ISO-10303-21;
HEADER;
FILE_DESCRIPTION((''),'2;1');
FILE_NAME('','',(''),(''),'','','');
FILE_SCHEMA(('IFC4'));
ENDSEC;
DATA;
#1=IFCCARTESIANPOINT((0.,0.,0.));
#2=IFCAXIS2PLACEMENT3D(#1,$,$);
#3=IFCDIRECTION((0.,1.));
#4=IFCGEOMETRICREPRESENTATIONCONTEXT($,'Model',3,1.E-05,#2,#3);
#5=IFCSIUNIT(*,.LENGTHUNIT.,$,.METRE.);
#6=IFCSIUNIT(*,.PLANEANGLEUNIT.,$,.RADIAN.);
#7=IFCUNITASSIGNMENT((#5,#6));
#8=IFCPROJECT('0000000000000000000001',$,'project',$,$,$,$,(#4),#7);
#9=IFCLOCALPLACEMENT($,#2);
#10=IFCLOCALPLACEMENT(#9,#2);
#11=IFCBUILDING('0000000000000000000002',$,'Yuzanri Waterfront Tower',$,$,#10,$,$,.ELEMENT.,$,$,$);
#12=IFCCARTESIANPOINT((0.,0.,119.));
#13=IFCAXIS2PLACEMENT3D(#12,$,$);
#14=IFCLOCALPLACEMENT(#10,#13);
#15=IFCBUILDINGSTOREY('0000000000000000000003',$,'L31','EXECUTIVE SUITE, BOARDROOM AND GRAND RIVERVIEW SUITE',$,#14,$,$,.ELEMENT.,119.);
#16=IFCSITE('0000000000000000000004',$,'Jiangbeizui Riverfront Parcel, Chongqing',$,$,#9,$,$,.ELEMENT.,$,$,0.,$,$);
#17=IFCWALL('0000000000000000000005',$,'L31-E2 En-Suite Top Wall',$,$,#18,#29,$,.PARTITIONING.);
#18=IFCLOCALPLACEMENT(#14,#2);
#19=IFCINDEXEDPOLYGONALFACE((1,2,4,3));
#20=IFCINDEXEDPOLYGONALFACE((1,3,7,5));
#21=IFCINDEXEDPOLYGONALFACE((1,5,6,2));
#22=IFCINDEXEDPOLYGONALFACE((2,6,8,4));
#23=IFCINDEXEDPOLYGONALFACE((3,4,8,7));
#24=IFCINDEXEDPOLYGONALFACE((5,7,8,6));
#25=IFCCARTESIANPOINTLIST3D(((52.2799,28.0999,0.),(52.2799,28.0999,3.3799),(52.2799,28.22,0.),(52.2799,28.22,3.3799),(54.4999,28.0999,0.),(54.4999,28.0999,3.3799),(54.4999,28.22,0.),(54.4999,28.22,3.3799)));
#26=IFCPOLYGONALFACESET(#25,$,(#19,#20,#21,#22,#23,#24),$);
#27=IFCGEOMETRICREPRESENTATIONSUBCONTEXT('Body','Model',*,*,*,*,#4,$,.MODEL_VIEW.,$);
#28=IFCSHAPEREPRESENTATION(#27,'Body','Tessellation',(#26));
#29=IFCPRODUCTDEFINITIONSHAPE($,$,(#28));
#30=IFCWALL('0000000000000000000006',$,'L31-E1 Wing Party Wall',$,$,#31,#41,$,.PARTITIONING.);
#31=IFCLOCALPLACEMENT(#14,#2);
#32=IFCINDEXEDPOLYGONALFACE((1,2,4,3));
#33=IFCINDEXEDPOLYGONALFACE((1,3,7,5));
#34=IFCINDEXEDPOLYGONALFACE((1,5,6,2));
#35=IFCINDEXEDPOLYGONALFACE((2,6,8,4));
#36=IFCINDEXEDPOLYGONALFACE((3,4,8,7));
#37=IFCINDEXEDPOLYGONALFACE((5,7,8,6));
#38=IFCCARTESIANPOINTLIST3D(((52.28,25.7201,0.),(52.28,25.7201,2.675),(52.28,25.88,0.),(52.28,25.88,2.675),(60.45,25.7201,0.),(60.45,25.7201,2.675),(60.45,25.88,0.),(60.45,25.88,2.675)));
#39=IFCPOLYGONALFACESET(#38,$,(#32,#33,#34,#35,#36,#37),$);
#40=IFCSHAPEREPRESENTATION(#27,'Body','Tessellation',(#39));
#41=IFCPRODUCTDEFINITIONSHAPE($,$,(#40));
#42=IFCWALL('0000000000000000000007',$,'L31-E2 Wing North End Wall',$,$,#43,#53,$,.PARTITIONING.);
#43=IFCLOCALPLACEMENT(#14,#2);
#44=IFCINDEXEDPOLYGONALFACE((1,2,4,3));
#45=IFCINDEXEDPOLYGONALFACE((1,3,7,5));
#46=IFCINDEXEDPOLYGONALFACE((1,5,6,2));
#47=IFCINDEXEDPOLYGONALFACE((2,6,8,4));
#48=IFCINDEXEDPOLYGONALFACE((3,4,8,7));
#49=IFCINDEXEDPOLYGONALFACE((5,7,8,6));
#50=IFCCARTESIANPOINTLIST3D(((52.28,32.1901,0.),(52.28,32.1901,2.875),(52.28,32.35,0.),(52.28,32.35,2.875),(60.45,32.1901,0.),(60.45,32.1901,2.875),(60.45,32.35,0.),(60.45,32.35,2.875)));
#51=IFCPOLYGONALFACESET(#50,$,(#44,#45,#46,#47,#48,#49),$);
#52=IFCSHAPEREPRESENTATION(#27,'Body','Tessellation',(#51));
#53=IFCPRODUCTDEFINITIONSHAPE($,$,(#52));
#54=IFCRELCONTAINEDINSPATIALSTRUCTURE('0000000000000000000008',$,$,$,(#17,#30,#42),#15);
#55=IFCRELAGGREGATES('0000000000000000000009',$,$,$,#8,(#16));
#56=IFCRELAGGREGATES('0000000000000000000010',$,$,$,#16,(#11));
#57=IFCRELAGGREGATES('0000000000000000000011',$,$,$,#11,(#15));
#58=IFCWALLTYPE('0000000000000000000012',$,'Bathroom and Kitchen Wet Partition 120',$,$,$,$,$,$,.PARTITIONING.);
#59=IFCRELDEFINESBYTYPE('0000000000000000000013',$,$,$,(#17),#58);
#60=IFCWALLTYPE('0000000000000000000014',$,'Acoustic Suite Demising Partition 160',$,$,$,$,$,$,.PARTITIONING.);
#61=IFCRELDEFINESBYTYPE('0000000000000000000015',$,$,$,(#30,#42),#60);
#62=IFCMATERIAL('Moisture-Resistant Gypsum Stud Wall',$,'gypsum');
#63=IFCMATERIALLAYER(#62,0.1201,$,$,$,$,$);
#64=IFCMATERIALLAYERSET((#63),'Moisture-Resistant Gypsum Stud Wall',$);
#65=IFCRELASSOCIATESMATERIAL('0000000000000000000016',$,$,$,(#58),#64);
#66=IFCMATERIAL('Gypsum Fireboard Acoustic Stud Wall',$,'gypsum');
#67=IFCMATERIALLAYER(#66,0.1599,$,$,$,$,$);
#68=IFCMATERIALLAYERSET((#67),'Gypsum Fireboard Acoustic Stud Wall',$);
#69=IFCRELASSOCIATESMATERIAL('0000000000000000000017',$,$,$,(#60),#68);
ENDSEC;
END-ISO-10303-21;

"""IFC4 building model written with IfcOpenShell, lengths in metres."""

from ifc_helpers import new_model, si_unit, direction, frame, frame_2d, origin, place, context, subcontext, project, spatial, rectangle, extrude, source, transform, mapped, material, layer, layer_set, type_object, element, save


model = new_model("IFC4")

# Units and contexts
model_context = context("Model", 3, precision=1e-05, world=origin(), true_north=direction((0.0, 1.0)))
body_context = subcontext(model_context, "Body", "Model", "MODEL_VIEW")
ifc_project = project(units=[si_unit("LENGTHUNIT", "METRE"), si_unit("PLANEANGLEUNIT", "RADIAN")], contexts=[model_context])

# Site, building, storey
site_placement = place(None, origin())
site = spatial("IfcSite", under=ifc_project, at=site_placement, Name="Jiangbeizui Riverfront Parcel, Chongqing", CompositionType="ELEMENT", RefElevation=0.0)
building_placement = place(site_placement, origin())
building = spatial("IfcBuilding", under=site, at=building_placement, Name="Yuzanri Waterfront Tower", CompositionType="ELEMENT")
storey_placement = place(building_placement, frame((0.0, 0.0, 119.0)))
storey = spatial("IfcBuildingStorey", under=building, at=storey_placement, Name="L31", Description="EXECUTIVE SUITE, BOARDROOM AND GRAND RIVERVIEW SUITE", CompositionType="ELEMENT", Elevation=119.0)

# Shared definitions
ifc_material_1 = material(Name="Moisture-Resistant Gypsum Stud Wall", Category="gypsum")
ifc_layer_1 = layer(ifc_material_1, 0.1201)
ifc_layer_set_1 = layer_set([ifc_layer_1], Name="Moisture-Resistant Gypsum Stud Wall")
wall_type_1 = type_object("IfcWallType", Name="Bathroom and Kitchen Wet Partition 120", PredefinedType="PARTITIONING", material=ifc_layer_set_1)

# Walls
shared_shape_1 = source(origin(), body_context, "Body", "SweptSolid", [
    extrude(rectangle(XDim=2.22, YDim=0.1201, at=frame_2d((1.1099, 0.0))), origin(), (0.0, 0.0, 1.0), 3.3799),
])
wall_1_placement = place(storey_placement, frame((52.28, 28.1599, 0.0), z_axis=(0.0, 0.0, 1.0), x_axis=(1.0, 0.0, 0.0)))
element("IfcWall", 1, at=wall_1_placement, inside=storey, type_object=wall_type_1, Name="L31-E2 En-Suite Top Wall", PredefinedType="PARTITIONING", context=body_context, shape_type="MappedRepresentation", body=[
    mapped(shared_shape_1, transform((0.0, 0.0, 0.0), scale=1.0)),
])
ifc_material_2 = material(Name="Gypsum Fireboard Acoustic Stud Wall", Category="gypsum")
ifc_layer_2 = layer(ifc_material_2, 0.1599)
ifc_layer_set_2 = layer_set([ifc_layer_2], Name="Gypsum Fireboard Acoustic Stud Wall")
wall_type_2 = type_object("IfcWallType", Name="Acoustic Suite Demising Partition 160", PredefinedType="PARTITIONING", material=ifc_layer_set_2)
shared_shape_2 = source(origin(), body_context, "Body", "SweptSolid", [
    extrude(rectangle(XDim=8.1699, YDim=0.1599, at=frame_2d((4.085, 0.0))), origin(), (0.0, 0.0, 1.0), 2.675),
])
wall_2_placement = place(storey_placement, frame((52.28, 25.8, 0.0), z_axis=(0.0, 0.0, 1.0), x_axis=(1.0, 0.0, 0.0)))
element("IfcWall", 2, at=wall_2_placement, inside=storey, type_object=wall_type_2, Name="L31-E1 Wing Party Wall", PredefinedType="PARTITIONING", context=body_context, shape_type="MappedRepresentation", body=[
    mapped(shared_shape_2, transform((0.0, 0.0, 0.0), scale=1.0)),
])
shared_shape_3 = source(origin(), body_context, "Body", "SweptSolid", [
    extrude(rectangle(XDim=8.1699, YDim=0.1599, at=frame_2d((4.085, 0.0))), origin(), (0.0, 0.0, 1.0), 2.875),
])
wall_3_placement = place(storey_placement, frame((52.28, 32.27, 0.0), z_axis=(0.0, 0.0, 1.0), x_axis=(1.0, 0.0, 0.0)))
element("IfcWall", 3, at=wall_3_placement, inside=storey, type_object=wall_type_2, Name="L31-E2 Wing North End Wall", PredefinedType="PARTITIONING", context=body_context, shape_type="MappedRepresentation", body=[
    mapped(shared_shape_3, transform((0.0, 0.0, 0.0), scale=1.0)),
])

save(model, "model.ifc")
